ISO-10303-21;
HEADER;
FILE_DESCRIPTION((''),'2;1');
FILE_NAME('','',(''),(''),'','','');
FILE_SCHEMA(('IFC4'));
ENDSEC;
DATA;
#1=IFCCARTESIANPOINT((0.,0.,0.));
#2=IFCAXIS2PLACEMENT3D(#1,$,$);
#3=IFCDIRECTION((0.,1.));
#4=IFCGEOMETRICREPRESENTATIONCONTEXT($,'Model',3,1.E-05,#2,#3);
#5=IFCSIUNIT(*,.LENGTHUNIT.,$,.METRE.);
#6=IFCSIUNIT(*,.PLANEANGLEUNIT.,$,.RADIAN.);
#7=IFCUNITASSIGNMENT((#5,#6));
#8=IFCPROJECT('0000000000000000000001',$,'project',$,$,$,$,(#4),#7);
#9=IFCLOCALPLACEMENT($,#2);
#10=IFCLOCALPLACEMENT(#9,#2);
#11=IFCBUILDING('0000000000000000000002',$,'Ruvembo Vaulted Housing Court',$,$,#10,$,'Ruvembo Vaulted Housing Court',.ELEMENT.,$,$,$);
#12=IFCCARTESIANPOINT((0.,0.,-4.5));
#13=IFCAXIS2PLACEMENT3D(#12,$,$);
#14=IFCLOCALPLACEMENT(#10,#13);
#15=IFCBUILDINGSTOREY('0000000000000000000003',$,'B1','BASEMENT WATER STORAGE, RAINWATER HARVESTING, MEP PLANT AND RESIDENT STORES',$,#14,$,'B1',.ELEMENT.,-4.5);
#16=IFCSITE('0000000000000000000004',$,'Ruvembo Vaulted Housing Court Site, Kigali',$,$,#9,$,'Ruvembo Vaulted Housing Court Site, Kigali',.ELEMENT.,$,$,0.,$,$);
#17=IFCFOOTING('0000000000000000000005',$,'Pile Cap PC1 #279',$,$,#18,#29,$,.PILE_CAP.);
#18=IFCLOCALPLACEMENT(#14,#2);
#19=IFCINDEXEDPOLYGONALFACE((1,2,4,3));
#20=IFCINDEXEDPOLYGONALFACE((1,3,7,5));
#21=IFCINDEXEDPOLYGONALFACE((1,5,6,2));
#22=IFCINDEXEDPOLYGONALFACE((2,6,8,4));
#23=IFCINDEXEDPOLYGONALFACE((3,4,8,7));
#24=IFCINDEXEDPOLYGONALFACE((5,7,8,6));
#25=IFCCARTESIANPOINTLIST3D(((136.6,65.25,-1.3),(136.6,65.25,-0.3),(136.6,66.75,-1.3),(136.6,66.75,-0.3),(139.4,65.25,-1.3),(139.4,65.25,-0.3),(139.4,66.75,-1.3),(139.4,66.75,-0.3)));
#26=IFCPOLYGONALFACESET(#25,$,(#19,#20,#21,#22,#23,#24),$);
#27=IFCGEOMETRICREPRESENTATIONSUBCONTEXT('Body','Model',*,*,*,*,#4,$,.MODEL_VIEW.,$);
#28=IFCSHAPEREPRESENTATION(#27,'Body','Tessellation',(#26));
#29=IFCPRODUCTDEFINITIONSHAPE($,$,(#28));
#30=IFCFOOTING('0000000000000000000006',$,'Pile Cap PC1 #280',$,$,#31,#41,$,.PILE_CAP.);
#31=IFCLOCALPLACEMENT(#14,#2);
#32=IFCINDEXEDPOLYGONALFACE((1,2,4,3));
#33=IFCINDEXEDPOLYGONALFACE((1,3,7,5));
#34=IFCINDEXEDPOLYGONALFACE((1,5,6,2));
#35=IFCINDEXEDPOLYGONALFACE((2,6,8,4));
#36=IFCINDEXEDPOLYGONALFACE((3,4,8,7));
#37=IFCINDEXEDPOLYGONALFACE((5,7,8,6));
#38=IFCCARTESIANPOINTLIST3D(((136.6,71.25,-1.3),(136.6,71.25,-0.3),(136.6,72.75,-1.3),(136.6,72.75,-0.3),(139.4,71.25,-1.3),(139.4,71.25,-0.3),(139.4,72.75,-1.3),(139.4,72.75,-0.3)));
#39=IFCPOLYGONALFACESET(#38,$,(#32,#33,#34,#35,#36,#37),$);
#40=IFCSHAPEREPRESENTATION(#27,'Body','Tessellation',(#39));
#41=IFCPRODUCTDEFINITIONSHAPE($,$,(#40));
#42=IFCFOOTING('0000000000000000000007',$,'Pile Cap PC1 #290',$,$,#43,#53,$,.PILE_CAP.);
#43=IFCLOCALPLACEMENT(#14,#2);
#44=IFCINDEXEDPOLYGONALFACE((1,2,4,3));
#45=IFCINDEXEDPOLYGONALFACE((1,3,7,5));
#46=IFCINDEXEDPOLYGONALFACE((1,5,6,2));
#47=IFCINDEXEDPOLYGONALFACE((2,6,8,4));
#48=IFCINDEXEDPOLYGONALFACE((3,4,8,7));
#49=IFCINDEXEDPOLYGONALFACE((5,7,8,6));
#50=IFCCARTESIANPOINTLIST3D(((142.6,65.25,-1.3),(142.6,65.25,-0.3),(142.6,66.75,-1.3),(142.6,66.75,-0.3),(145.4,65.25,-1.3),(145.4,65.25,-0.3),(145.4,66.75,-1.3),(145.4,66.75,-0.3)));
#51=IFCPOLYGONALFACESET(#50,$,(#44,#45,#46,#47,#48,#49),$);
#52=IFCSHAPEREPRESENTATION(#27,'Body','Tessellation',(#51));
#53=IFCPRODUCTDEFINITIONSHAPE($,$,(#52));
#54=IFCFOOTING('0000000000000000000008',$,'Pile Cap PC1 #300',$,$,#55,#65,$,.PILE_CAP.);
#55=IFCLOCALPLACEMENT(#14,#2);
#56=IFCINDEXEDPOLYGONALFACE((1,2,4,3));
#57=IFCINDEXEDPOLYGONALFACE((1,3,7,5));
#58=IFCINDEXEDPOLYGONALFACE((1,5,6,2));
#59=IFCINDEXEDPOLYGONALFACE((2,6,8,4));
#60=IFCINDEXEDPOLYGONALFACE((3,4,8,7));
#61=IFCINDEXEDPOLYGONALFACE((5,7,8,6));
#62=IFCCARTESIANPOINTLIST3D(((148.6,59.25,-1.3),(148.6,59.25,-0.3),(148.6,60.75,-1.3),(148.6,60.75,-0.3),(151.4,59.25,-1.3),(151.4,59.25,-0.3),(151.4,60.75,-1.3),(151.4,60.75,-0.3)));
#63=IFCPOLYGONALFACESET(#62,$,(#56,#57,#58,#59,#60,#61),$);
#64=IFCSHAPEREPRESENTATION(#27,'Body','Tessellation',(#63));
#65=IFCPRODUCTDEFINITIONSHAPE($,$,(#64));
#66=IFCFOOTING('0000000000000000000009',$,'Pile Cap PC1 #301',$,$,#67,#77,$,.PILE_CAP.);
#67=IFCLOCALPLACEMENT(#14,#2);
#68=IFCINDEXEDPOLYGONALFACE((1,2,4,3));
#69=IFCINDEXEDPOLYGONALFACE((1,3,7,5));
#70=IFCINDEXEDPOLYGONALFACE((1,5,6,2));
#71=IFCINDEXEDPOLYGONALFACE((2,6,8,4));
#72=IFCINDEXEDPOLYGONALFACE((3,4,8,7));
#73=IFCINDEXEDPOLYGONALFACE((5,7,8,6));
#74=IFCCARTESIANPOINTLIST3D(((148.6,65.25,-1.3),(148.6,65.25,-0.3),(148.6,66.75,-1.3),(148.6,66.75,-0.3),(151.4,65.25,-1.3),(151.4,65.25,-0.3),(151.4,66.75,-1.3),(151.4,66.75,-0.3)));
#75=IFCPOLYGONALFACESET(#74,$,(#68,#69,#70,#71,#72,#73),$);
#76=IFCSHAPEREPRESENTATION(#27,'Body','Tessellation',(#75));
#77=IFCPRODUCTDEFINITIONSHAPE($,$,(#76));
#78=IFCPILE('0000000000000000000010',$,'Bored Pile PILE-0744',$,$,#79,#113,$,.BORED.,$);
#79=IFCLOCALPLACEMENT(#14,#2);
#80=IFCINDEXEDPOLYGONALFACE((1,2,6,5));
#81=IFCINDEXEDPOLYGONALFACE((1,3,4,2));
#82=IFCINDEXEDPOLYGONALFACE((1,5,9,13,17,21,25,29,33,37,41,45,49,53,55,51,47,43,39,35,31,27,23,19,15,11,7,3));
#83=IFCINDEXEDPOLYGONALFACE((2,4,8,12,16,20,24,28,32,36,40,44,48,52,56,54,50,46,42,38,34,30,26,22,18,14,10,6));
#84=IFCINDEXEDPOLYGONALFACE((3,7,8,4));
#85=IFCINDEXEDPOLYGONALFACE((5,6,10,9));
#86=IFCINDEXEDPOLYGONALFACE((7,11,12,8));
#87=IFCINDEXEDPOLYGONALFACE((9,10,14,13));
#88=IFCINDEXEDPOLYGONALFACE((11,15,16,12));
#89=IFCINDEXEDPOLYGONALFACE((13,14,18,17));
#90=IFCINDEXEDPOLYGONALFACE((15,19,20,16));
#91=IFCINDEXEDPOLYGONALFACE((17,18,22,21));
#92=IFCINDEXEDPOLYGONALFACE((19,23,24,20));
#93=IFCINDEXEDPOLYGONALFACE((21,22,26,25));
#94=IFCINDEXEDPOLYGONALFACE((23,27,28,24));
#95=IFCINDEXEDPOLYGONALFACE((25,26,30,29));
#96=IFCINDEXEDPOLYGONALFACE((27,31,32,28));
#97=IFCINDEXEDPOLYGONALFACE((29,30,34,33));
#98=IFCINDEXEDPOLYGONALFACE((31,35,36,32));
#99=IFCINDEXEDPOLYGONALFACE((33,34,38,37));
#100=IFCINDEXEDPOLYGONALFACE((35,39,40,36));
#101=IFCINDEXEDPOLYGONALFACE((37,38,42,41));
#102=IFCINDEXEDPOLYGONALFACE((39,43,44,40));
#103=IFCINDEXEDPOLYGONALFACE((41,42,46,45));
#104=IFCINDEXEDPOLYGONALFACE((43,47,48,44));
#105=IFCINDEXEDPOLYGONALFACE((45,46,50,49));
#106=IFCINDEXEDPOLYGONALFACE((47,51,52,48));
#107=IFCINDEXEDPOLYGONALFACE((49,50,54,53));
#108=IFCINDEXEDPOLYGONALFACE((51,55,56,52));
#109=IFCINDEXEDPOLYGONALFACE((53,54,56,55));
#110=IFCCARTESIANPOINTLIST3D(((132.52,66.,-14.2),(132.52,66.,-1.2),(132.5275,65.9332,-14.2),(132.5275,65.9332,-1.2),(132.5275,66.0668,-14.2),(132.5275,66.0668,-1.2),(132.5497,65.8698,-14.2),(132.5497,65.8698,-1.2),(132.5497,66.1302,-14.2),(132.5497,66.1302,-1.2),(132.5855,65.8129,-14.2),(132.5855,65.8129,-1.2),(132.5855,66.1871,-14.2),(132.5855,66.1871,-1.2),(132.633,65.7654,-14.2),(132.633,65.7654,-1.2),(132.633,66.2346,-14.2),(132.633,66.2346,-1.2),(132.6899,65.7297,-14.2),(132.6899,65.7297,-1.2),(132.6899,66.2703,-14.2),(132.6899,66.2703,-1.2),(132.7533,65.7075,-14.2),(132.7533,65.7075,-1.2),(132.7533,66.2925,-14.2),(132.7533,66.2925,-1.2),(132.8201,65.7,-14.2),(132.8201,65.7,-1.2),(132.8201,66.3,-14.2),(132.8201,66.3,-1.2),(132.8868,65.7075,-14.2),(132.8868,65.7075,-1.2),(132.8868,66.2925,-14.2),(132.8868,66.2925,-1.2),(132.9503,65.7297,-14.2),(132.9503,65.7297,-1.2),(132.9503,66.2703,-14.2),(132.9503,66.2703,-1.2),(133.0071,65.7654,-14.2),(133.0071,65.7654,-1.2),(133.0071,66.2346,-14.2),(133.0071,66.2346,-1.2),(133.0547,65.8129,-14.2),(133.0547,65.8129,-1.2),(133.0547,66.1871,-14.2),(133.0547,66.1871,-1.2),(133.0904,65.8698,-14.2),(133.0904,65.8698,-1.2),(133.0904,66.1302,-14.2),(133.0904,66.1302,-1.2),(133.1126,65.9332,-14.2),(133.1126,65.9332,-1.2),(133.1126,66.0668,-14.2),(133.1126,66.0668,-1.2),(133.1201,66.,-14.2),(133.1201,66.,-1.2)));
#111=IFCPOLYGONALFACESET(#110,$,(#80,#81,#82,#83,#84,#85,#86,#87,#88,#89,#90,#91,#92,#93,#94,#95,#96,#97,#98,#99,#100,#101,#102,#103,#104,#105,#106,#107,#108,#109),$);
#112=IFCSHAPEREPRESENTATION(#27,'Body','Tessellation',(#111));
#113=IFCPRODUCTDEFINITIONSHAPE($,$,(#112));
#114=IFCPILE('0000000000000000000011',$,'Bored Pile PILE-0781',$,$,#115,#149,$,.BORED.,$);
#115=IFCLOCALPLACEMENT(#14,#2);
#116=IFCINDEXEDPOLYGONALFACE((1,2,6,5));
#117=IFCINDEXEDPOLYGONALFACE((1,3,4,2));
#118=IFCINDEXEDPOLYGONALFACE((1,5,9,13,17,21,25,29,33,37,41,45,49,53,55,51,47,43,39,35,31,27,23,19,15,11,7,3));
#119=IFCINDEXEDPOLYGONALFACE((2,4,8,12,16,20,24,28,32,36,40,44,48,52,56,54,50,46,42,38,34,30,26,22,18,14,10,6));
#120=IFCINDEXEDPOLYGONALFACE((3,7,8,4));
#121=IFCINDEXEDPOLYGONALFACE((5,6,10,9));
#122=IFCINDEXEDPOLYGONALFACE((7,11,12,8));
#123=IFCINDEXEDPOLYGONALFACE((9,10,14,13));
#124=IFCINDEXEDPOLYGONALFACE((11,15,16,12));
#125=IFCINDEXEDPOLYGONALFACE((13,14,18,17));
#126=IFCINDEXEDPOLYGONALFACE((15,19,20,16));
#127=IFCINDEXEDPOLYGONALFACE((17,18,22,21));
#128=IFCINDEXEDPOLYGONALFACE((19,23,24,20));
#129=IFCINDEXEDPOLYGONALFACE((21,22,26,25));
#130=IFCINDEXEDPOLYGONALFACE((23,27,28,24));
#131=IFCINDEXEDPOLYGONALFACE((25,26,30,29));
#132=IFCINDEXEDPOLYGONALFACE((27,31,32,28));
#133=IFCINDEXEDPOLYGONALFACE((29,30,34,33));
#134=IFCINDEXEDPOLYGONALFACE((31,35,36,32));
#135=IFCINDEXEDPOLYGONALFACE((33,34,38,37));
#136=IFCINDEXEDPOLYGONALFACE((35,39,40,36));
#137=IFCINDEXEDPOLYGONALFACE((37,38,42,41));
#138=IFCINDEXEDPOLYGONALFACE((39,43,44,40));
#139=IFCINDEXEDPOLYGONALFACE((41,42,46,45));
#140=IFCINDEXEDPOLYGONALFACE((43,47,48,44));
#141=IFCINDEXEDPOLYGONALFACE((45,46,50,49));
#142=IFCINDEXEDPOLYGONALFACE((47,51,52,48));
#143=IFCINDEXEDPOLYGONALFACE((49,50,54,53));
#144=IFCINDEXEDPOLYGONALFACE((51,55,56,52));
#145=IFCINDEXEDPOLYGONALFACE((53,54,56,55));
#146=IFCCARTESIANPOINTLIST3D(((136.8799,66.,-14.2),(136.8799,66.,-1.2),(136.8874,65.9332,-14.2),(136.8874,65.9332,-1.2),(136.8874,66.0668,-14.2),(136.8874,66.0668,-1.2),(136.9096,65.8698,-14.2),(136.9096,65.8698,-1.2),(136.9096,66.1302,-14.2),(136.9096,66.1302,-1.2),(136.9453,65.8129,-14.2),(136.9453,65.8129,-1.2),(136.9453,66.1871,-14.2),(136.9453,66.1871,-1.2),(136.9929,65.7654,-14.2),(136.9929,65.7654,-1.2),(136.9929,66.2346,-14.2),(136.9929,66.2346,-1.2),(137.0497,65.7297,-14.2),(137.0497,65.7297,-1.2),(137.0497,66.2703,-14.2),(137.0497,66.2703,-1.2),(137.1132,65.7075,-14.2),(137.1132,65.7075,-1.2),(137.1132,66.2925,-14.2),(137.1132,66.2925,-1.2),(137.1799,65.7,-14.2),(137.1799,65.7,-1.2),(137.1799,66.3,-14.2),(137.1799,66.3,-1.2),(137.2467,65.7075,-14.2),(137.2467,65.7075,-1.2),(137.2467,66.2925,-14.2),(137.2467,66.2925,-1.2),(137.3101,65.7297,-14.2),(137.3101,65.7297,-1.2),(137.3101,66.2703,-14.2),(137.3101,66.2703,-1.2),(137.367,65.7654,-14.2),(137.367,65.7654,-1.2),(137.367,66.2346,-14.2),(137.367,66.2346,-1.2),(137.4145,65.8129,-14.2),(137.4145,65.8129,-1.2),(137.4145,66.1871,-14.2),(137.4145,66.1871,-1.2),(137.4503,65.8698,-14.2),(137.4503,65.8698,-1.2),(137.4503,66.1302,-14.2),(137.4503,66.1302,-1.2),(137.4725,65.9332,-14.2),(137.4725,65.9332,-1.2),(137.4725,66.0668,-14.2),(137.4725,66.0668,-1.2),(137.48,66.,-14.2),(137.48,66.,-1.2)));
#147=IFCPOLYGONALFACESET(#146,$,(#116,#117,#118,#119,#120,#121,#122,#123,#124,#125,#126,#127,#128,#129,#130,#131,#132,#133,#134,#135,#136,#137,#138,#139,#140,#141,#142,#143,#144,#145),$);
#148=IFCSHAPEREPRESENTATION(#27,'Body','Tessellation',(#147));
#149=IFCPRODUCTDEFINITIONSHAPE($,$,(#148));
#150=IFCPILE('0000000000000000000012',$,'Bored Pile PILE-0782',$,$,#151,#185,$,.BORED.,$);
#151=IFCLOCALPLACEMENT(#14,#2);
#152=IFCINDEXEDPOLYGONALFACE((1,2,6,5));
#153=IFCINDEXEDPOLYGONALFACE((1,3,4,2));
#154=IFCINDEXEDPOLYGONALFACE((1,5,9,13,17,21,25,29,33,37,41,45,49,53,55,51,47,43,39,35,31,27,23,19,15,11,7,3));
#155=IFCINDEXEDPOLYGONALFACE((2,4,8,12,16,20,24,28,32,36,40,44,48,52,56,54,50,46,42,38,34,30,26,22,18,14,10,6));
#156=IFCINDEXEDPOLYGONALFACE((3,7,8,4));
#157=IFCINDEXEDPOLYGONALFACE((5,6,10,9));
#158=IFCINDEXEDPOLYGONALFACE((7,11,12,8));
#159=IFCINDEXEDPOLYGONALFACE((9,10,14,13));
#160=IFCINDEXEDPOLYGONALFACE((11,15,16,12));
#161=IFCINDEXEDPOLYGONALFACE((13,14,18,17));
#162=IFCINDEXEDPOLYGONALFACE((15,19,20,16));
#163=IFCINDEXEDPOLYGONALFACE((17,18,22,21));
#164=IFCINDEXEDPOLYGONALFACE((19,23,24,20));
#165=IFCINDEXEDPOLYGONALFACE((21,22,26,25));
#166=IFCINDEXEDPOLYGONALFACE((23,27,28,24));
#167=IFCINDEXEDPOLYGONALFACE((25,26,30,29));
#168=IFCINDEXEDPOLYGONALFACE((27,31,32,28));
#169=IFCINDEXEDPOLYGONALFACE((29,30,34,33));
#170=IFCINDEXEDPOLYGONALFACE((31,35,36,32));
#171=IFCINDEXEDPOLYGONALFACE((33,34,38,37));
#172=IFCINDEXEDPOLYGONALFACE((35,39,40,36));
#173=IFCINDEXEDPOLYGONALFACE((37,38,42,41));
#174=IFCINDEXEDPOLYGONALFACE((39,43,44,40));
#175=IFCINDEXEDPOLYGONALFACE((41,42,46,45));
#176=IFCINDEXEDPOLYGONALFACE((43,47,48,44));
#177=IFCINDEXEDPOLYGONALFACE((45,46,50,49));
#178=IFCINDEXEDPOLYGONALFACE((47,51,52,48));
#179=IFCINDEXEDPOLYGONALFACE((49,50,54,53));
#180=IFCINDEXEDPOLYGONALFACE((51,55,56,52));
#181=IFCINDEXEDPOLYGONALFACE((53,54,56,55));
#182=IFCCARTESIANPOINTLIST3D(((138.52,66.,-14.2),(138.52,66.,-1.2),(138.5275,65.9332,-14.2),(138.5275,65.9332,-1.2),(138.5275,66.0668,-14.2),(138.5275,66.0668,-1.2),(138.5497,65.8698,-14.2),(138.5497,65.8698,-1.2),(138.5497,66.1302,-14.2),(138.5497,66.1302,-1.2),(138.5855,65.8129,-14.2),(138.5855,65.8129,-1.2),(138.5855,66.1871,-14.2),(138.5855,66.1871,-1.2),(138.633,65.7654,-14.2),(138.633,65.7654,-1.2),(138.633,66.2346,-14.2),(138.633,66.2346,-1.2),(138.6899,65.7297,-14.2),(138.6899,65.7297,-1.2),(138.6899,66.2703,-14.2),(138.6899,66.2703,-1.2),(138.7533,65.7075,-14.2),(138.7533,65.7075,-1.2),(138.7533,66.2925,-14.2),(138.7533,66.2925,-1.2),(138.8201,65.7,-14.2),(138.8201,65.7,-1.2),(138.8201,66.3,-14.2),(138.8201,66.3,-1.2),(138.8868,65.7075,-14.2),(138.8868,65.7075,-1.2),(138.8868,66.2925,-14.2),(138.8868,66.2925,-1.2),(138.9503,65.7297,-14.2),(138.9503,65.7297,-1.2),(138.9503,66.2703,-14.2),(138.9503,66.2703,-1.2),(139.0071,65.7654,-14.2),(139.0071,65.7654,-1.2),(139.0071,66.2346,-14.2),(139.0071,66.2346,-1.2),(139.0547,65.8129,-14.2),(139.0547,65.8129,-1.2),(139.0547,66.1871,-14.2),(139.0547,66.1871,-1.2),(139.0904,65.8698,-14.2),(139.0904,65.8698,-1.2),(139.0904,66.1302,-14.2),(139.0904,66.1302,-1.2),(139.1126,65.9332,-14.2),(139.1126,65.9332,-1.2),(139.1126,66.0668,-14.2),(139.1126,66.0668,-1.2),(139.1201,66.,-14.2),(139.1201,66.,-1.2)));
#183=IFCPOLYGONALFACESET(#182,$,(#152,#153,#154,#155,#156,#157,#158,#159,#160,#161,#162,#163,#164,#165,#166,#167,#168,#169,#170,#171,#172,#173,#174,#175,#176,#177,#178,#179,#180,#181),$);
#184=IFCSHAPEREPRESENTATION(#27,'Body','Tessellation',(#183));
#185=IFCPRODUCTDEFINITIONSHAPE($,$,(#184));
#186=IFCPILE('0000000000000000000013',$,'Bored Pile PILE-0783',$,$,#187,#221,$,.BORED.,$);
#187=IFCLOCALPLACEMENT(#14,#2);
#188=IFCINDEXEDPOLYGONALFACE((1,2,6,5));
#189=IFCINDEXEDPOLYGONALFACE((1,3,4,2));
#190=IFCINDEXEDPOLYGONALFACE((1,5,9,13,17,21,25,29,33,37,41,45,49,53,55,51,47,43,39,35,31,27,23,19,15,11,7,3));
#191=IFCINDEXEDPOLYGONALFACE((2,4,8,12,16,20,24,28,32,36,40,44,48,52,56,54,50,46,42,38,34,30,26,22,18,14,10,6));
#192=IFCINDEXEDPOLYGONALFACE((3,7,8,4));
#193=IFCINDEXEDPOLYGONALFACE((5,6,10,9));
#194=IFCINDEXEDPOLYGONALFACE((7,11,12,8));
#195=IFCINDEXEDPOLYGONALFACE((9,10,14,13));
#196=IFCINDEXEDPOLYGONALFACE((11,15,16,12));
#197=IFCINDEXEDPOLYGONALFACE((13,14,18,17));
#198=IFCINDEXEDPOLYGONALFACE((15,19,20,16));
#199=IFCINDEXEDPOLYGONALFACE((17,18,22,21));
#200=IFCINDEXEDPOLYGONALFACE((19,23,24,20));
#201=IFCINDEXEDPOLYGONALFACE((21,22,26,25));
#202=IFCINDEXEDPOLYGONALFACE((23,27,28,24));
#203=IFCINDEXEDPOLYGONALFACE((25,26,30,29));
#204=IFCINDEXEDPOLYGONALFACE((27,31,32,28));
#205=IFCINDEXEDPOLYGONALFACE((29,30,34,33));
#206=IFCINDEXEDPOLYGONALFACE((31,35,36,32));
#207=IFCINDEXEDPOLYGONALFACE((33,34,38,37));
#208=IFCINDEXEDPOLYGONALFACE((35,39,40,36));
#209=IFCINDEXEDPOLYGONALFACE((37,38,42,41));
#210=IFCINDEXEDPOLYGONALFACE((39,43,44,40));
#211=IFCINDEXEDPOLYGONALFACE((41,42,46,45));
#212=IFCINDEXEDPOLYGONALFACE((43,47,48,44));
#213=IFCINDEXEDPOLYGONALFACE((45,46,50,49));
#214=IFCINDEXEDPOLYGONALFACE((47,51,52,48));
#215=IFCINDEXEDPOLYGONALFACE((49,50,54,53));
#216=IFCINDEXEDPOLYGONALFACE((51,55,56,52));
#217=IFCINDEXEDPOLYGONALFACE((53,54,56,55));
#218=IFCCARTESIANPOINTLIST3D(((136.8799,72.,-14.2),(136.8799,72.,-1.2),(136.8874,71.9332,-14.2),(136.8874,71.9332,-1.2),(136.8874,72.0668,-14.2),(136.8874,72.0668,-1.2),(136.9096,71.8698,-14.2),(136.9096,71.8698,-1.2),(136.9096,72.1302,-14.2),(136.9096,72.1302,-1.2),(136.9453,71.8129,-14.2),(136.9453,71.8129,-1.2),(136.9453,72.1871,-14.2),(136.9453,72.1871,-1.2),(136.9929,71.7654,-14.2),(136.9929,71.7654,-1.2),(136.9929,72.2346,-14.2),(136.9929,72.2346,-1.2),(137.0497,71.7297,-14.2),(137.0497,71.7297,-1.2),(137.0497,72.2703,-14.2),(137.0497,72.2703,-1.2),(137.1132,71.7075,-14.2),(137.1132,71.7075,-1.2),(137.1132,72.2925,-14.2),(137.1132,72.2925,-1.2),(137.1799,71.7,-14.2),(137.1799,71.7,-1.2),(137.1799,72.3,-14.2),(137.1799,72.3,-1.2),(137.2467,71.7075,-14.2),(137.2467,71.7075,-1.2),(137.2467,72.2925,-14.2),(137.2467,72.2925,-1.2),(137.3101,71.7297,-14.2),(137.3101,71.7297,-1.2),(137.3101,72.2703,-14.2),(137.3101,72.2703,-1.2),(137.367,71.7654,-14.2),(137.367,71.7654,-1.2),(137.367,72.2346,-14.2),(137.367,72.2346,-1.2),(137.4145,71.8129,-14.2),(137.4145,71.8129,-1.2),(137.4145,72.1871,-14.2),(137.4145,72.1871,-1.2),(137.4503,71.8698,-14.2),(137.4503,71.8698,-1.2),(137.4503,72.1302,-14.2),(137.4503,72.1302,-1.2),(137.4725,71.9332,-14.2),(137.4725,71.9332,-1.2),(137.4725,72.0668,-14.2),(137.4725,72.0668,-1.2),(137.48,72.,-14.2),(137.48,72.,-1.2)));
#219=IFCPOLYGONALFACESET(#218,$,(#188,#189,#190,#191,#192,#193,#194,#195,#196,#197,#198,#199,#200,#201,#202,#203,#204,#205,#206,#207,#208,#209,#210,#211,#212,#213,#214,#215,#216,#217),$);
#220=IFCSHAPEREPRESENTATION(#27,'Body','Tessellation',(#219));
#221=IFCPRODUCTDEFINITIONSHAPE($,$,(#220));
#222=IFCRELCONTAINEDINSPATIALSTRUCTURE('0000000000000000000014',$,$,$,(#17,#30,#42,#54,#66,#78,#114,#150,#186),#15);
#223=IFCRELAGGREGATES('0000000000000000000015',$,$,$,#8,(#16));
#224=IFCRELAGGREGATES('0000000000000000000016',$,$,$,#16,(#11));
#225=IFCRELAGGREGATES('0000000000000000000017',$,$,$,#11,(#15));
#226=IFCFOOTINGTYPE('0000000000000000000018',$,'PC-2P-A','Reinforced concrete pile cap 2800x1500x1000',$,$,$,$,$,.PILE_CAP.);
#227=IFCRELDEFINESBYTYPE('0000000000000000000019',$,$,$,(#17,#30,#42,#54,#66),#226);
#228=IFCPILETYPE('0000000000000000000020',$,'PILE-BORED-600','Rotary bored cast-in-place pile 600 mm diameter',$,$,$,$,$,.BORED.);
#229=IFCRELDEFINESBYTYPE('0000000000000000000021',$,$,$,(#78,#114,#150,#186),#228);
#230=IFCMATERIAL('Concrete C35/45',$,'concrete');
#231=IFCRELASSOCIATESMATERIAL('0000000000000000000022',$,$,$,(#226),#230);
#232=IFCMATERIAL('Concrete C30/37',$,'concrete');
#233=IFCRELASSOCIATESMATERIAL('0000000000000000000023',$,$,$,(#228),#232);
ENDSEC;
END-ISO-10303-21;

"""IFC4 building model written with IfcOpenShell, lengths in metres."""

from ifc_helpers import new_model, si_unit, direction, frame, origin, origin_2d, place, context, subcontext, project, spatial, rectangle, circle, extrude, material, material_profile, profile_set, type_object, element, save


model = new_model("IFC4")

# Units and contexts
model_context = context("Model", 3, precision=1e-05, world=origin(), true_north=direction((0.0, 1.0)))
body_context = subcontext(model_context, "Body", "Model", "MODEL_VIEW")
ifc_project = project(units=[si_unit("LENGTHUNIT", "METRE"), si_unit("PLANEANGLEUNIT", "RADIAN")], contexts=[model_context])

# Site, building, storey
site_placement = place(None, origin())
site = spatial("IfcSite", under=ifc_project, at=site_placement, Name="Ruvembo Vaulted Housing Court Site, Kigali", LongName="Ruvembo Vaulted Housing Court Site, Kigali", CompositionType="ELEMENT", RefElevation=0.0)
building_placement = place(site_placement, origin())
building = spatial("IfcBuilding", under=site, at=building_placement, Name="Ruvembo Vaulted Housing Court", LongName="Ruvembo Vaulted Housing Court", CompositionType="ELEMENT")
storey_placement = place(building_placement, frame((0.0, 0.0, -4.5)))
storey = spatial("IfcBuildingStorey", under=building, at=storey_placement, Name="B1", Description="BASEMENT WATER STORAGE, RAINWATER HARVESTING, MEP PLANT AND RESIDENT STORES", LongName="B1", CompositionType="ELEMENT", Elevation=-4.5)

# Footings
ifc_material_1 = material(Name="Concrete C35/45", Category="concrete")
footing_type = type_object("IfcFootingType", Name="PC-2P-A", Description="Reinforced concrete pile cap 2800x1500x1000", PredefinedType="PILE_CAP", material=ifc_material_1)
for number, where, z_axis, x_axis, name in (
    (1, (138.0, 66.0, -1.3), (0.0, 0.0, 1.0), (1.0, 0.0, 0.0), "Pile Cap PC1 #279"),
    (2, (138.0, 72.0, -1.3), (0.0, 0.0, 1.0), (1.0, 0.0, 0.0), "Pile Cap PC1 #280"),
    (3, (144.0, 66.0, -1.3), (0.0, 0.0, 1.0), (1.0, 0.0, 0.0), "Pile Cap PC1 #290"),
    (4, (150.0, 60.0, -1.3), (0.0, 0.0, 1.0), (1.0, 0.0, 0.0), "Pile Cap PC1 #300"),
    (5, (150.0, 66.0, -1.3), (0.0, 0.0, 1.0), (1.0, 0.0, 0.0), "Pile Cap PC1 #301"),
):
    element("IfcFooting", number, at=place(storey_placement, frame(where, z_axis=z_axis, x_axis=x_axis)), inside=storey, type_object=footing_type, Name=name, PredefinedType="PILE_CAP", context=body_context, shape_type="SweptSolid", body=[
        extrude(rectangle(XDim=2.8, YDim=1.5, at=origin_2d()), origin(), (0.0, 0.0, 1.0), 1.0),
    ])

# Piles
ifc_material_2 = material(Name="Concrete C30/37", Category="concrete")
ifc_material_profile_1 = material_profile(ifc_material_2, circle(Radius=0.3, at=origin_2d()), Name="PILE D600")
ifc_profile_set_1 = profile_set([ifc_material_profile_1], Name="Concrete C30/37")
pile_type = type_object("IfcPileType", Name="PILE-BORED-600", Description="Rotary bored cast-in-place pile 600 mm diameter", PredefinedType="BORED", material=ifc_profile_set_1)
for number, where, z_axis, x_axis, name in (
    (6, (132.8201, 66.0, -1.2), (0.0, 0.0, -1.0), (1.0, 0.0, 0.0), "Bored Pile PILE-0744"),
    (7, (137.1799, 66.0, -1.2), (0.0, 0.0, -1.0), (1.0, 0.0, 0.0), "Bored Pile PILE-0781"),
    (8, (138.8201, 66.0, -1.2), (0.0, 0.0, -1.0), (1.0, 0.0, 0.0), "Bored Pile PILE-0782"),
    (9, (137.1799, 72.0, -1.2), (0.0, 0.0, -1.0), (1.0, 0.0, 0.0), "Bored Pile PILE-0783"),
):
    element("IfcPile", number, at=place(storey_placement, frame(where, z_axis=z_axis, x_axis=x_axis)), inside=storey, type_object=pile_type, Name=name, PredefinedType="BORED", context=body_context, shape_type="SweptSolid", body=[
        extrude(circle(Radius=0.3, at=origin_2d()), origin(), (0.0, 0.0, 1.0), 13.0),
    ])

save(model, "model.ifc")
